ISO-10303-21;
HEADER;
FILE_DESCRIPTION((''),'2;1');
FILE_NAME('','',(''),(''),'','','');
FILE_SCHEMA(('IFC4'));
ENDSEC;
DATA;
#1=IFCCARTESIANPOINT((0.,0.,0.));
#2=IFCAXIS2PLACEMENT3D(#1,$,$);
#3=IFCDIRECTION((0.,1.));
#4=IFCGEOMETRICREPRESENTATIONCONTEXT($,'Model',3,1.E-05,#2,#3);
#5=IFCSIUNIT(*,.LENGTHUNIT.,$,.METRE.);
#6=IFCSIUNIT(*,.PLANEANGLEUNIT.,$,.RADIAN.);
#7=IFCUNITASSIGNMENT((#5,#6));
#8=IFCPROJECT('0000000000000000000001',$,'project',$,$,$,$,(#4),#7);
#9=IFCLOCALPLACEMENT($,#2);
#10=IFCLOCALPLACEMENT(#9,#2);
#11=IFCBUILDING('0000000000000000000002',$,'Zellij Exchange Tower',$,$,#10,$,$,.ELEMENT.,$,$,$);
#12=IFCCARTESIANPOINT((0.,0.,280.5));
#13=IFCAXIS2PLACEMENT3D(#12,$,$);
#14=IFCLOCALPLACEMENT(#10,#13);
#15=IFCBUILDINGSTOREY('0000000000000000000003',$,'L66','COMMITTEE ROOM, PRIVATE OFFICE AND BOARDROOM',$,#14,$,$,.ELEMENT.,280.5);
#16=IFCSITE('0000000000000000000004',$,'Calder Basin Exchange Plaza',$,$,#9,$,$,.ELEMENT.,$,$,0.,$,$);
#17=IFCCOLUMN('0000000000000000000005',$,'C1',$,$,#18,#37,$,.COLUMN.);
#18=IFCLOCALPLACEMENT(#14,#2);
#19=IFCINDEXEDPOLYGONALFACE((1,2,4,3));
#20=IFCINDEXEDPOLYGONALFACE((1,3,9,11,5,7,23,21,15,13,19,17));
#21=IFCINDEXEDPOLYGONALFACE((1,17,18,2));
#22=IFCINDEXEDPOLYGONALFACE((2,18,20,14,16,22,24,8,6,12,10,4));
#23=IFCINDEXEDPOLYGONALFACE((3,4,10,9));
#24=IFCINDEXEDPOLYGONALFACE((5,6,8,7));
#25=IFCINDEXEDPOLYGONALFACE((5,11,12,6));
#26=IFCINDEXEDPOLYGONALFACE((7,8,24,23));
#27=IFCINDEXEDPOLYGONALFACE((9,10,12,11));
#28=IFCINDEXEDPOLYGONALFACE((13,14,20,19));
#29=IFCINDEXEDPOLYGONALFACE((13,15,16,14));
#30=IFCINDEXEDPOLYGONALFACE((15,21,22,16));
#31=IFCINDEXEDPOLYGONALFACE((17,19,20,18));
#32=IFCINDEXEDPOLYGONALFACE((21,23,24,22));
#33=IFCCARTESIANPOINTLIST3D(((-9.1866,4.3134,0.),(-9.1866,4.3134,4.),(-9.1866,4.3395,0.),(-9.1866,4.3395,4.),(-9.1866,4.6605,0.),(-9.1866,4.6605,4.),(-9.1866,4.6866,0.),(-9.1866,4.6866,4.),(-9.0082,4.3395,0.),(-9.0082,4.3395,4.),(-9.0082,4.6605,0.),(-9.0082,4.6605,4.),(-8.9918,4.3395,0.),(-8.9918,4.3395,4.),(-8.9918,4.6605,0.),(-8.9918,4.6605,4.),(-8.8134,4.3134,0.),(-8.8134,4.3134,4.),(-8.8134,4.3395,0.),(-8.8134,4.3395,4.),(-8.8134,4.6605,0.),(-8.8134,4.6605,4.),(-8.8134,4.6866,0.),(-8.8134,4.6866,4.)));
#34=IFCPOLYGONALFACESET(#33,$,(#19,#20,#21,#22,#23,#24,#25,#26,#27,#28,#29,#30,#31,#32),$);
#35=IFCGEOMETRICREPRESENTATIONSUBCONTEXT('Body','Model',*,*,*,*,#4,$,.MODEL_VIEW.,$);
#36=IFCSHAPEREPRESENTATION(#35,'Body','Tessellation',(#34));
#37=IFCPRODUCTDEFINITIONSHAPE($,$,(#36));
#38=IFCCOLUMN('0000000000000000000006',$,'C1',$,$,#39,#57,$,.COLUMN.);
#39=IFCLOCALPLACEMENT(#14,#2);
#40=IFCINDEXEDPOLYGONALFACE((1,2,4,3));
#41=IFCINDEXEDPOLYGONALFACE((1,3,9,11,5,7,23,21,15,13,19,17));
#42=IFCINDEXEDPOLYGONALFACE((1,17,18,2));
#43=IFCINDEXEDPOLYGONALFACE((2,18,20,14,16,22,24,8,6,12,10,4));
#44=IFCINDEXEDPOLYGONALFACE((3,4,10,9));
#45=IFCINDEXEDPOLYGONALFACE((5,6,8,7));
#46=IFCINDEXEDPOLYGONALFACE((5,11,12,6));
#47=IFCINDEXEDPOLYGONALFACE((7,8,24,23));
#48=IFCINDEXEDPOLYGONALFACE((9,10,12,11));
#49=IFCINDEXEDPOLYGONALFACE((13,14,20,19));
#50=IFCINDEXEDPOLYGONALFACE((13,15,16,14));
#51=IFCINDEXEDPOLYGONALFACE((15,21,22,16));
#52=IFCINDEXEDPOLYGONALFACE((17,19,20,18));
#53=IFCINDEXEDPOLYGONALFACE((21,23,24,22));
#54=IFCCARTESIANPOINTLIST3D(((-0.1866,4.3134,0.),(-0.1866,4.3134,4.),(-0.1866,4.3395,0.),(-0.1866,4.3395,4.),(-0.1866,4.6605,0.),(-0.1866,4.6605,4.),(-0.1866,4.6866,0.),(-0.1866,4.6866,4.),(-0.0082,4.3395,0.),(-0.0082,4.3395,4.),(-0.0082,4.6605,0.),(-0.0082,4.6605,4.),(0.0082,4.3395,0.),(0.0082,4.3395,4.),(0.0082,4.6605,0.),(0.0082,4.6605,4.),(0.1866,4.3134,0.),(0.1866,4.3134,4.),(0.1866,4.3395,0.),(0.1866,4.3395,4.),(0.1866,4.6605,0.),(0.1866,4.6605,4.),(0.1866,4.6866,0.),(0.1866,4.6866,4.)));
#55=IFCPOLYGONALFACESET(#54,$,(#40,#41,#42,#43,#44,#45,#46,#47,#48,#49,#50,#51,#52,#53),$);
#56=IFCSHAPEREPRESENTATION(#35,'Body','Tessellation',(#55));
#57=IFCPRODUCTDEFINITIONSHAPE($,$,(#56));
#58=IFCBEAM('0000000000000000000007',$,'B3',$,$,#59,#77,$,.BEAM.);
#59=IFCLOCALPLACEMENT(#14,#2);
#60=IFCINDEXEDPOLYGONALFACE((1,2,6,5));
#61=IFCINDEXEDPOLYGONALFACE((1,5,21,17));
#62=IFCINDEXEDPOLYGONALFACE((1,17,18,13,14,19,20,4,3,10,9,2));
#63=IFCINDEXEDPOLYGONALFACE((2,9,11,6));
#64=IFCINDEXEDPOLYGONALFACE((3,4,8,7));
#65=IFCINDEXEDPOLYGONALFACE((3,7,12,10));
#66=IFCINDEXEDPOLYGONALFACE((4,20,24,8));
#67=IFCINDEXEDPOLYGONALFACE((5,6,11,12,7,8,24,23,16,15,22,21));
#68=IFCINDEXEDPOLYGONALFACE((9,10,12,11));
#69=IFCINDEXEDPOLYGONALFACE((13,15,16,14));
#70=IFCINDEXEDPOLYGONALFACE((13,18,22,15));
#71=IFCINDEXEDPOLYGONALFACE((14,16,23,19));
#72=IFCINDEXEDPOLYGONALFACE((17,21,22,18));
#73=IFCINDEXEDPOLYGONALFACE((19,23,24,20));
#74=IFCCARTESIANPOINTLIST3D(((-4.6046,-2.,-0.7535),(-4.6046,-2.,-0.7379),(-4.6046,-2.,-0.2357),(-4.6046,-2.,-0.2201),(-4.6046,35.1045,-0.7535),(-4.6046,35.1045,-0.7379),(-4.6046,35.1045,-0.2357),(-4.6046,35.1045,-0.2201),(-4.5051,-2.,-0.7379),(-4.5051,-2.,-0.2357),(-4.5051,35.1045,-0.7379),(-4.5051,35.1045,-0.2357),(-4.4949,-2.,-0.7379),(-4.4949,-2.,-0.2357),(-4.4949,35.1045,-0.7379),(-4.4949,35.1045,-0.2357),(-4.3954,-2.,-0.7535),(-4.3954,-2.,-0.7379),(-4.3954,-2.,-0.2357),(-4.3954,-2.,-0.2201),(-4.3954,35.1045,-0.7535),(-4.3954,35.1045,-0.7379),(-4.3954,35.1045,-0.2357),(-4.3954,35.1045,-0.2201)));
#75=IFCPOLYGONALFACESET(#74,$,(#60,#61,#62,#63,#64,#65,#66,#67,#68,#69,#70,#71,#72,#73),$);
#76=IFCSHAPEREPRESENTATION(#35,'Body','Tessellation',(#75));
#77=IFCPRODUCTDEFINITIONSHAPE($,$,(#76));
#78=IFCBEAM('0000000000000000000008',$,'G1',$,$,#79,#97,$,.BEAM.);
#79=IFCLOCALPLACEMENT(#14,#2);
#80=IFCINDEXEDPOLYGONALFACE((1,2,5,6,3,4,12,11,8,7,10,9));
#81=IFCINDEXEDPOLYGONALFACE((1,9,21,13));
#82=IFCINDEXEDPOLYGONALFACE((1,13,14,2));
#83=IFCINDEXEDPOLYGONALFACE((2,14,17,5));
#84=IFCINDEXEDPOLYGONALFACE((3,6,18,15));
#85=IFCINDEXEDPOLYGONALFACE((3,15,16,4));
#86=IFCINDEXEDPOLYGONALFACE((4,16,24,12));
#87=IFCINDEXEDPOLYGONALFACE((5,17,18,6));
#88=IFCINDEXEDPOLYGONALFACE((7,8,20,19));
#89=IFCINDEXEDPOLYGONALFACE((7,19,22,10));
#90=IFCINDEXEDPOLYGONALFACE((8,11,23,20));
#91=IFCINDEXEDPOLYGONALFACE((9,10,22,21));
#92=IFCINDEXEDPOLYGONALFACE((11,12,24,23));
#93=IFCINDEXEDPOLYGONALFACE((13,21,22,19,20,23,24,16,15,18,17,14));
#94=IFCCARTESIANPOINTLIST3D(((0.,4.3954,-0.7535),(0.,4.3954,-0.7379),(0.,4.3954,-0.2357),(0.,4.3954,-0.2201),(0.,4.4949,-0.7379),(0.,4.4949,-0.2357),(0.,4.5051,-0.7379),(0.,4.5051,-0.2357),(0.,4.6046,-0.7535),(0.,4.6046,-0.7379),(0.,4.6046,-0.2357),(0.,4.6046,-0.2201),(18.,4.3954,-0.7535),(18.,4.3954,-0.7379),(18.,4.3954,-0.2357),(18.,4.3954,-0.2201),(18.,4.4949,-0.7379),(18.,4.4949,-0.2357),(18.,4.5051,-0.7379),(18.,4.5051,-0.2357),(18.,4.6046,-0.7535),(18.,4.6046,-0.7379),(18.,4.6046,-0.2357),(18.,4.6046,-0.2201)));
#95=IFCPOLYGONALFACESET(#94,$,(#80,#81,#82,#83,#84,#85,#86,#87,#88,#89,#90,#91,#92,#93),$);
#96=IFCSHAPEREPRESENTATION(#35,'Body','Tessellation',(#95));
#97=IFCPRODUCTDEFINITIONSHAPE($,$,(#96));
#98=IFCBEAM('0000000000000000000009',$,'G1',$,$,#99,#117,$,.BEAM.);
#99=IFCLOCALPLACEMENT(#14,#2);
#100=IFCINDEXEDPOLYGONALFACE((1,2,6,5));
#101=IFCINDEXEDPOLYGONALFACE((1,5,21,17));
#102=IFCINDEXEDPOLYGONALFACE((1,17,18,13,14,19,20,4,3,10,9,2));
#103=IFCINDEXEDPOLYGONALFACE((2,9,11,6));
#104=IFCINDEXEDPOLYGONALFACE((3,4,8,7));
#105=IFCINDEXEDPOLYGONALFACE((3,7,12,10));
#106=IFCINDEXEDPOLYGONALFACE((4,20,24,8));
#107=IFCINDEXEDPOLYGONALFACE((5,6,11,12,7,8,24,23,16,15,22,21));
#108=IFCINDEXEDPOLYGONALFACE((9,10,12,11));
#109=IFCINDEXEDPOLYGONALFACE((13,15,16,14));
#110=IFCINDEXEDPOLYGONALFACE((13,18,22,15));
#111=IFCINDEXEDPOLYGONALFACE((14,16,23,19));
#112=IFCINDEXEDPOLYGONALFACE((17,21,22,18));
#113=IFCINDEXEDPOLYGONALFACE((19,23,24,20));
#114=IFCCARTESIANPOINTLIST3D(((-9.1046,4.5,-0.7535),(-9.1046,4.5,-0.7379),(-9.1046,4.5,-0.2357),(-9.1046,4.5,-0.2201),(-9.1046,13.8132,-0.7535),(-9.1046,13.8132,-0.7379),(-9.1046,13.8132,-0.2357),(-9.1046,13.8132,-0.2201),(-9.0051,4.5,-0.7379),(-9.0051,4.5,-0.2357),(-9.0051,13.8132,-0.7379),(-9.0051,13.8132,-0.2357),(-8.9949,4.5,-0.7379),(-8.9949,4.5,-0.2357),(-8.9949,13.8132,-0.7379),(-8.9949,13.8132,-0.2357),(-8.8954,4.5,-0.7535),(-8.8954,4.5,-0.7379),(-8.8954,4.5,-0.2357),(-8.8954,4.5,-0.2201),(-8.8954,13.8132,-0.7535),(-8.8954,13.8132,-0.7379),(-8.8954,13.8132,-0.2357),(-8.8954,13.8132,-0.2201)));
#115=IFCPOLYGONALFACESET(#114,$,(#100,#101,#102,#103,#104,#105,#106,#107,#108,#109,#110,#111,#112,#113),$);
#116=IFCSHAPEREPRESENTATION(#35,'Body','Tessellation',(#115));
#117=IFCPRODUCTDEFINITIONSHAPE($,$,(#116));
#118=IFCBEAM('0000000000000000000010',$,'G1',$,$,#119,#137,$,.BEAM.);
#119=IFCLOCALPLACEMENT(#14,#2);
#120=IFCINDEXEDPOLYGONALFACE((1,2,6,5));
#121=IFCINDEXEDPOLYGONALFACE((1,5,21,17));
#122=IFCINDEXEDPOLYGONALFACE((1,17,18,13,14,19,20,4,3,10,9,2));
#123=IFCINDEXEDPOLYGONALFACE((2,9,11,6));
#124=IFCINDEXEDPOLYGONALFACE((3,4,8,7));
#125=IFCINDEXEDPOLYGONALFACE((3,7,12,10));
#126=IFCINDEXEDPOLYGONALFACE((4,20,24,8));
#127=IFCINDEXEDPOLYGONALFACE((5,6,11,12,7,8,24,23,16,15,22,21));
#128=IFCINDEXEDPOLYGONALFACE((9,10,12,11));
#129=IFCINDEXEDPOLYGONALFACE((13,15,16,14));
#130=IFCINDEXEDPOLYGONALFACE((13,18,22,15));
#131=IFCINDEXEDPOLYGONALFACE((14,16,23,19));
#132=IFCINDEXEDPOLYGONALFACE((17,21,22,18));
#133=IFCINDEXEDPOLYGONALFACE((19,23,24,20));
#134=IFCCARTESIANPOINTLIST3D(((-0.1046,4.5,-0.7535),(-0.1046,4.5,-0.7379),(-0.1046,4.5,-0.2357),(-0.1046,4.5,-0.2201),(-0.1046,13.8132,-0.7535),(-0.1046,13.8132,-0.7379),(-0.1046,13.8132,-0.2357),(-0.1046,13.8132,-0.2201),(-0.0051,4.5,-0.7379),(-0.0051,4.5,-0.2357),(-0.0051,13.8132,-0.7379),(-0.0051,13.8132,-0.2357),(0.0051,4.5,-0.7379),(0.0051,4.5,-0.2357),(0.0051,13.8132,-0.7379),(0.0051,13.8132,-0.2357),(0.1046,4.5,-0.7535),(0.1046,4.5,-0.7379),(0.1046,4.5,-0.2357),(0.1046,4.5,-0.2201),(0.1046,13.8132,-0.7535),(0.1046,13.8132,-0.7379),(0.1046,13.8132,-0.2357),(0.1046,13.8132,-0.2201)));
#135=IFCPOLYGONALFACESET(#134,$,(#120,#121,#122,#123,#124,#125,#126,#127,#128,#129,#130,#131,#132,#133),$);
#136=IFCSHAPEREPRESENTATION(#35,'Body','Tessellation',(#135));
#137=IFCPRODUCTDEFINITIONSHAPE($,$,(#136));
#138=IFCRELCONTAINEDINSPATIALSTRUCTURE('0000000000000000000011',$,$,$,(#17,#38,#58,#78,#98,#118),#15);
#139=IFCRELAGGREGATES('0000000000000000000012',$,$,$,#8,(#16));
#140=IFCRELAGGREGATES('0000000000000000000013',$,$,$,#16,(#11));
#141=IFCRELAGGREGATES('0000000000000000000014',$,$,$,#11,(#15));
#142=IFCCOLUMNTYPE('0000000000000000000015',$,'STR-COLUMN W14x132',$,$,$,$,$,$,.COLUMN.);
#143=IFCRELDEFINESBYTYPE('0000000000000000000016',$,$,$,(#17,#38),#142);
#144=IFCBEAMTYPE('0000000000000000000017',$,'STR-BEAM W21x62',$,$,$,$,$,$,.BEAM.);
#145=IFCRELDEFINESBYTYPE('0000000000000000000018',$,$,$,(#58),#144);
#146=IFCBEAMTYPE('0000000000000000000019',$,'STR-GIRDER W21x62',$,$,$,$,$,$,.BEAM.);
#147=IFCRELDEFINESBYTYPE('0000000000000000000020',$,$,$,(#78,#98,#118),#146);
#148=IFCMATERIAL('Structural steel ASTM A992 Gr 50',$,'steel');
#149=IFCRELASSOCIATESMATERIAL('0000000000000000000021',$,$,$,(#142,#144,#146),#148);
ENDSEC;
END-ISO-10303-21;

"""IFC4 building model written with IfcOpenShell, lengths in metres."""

from ifc_helpers import new_model, si_unit, direction, frame, origin, origin_2d, place, context, subcontext, project, spatial, i_section, extrude, material, material_profile, profile_set, type_object, element, save


model = new_model("IFC4")

# Units and contexts
model_context = context("Model", 3, precision=1e-05, world=origin(), true_north=direction((0.0, 1.0)))
body_context = subcontext(model_context, "Body", "Model", "MODEL_VIEW")
ifc_project = project(units=[si_unit("LENGTHUNIT", "METRE"), si_unit("PLANEANGLEUNIT", "RADIAN")], contexts=[model_context])

# Site, building, storey
site_placement = place(None, origin())
site = spatial("IfcSite", under=ifc_project, at=site_placement, Name="Calder Basin Exchange Plaza", CompositionType="ELEMENT", RefElevation=0.0)
building_placement = place(site_placement, origin())
building = spatial("IfcBuilding", under=site, at=building_placement, Name="Zellij Exchange Tower", CompositionType="ELEMENT")
storey_placement = place(building_placement, frame((0.0, 0.0, 280.5)))
storey = spatial("IfcBuildingStorey", under=building, at=storey_placement, Name="L66", Description="COMMITTEE ROOM, PRIVATE OFFICE AND BOARDROOM", CompositionType="ELEMENT", Elevation=280.5)

# Columns
ifc_material_1 = material(Name="Structural steel ASTM A992 Gr 50", Category="steel")
ifc_material_profile_1 = material_profile(ifc_material_1, i_section(OverallWidth=0.3733, OverallDepth=0.3733, WebThickness=0.0164, FlangeThickness=0.0261, at=origin_2d()), Name="W14x132")
ifc_profile_set_1 = profile_set([ifc_material_profile_1], Name="Structural steel ASTM A992 Gr 50")
column_type = type_object("IfcColumnType", Name="STR-COLUMN W14x132", PredefinedType="COLUMN", material=ifc_profile_set_1)
for number, where, z_axis, x_axis, name in (
    (1, (-9.0, 4.5, 0.0), (0.0, 0.0, 1.0), (1.0, 0.0, 0.0), "C1"),
    (2, (0.0, 4.5, 0.0), (0.0, 0.0, 1.0), (1.0, 0.0, 0.0), "C1"),
):
    element("IfcColumn", number, at=place(storey_placement, frame(where, z_axis=z_axis, x_axis=x_axis)), inside=storey, type_object=column_type, Name=name, PredefinedType="COLUMN", context=body_context, shape_type="SweptSolid", body=[
        extrude(i_section(OverallWidth=0.3733, OverallDepth=0.3733, WebThickness=0.0164, FlangeThickness=0.0261, at=origin_2d()), origin(), (0.0, 0.0, 1.0), 4.0),
    ])

# Beams
ifc_material_profile_2 = material_profile(ifc_material_1, i_section(OverallWidth=0.2092, OverallDepth=0.5334, WebThickness=0.0103, FlangeThickness=0.0156, at=origin_2d()), Name="W21x62")
ifc_profile_set_2 = profile_set([ifc_material_profile_2], Name="Structural steel ASTM A992 Gr 50")
beam_type_1 = type_object("IfcBeamType", Name="STR-BEAM W21x62", PredefinedType="BEAM", material=ifc_profile_set_2)
beam_1_placement = place(storey_placement, frame((-4.5, -2.0, -0.4868), z_axis=(0.0, 1.0, 0.0), x_axis=(-1.0, 0.0, 0.0)))
element("IfcBeam", 3, at=beam_1_placement, inside=storey, type_object=beam_type_1, Name="B3", PredefinedType="BEAM", context=body_context, shape_type="SweptSolid", body=[
    extrude(i_section(OverallWidth=0.2092, OverallDepth=0.5334, WebThickness=0.0103, FlangeThickness=0.0156, at=origin_2d()), origin(), (0.0, 0.0, 1.0), 37.1045),
])
ifc_material_profile_3 = material_profile(ifc_material_1, i_section(OverallWidth=0.2092, OverallDepth=0.5334, WebThickness=0.0103, FlangeThickness=0.0156, at=origin_2d()), Name="W21x62")
ifc_profile_set_3 = profile_set([ifc_material_profile_3], Name="Structural steel ASTM A992 Gr 50")
beam_type_2 = type_object("IfcBeamType", Name="STR-GIRDER W21x62", PredefinedType="BEAM", material=ifc_profile_set_3)
beam_2_placement = place(storey_placement, frame((0.0, 4.5, -0.4868), z_axis=(1.0, 0.0, 0.0), x_axis=(0.0, 1.0, 0.0)))
element("IfcBeam", 4, at=beam_2_placement, inside=storey, type_object=beam_type_2, Name="G1", PredefinedType="BEAM", context=body_context, shape_type="SweptSolid", body=[
    extrude(i_section(OverallWidth=0.2092, OverallDepth=0.5334, WebThickness=0.0103, FlangeThickness=0.0156, at=origin_2d()), origin(), (0.0, 0.0, 1.0), 18.0),
])
for number, where, z_axis, x_axis, name in (
    (5, (-9.0, 4.5, -0.4868), (0.0, 1.0, 0.0), (-1.0, 0.0, 0.0), "G1"),
    (6, (0.0, 4.5, -0.4868), (0.0, 1.0, 0.0), (-1.0, 0.0, 0.0), "G1"),
):
    element("IfcBeam", number, at=place(storey_placement, frame(where, z_axis=z_axis, x_axis=x_axis)), inside=storey, type_object=beam_type_2, Name=name, PredefinedType="BEAM", context=body_context, shape_type="SweptSolid", body=[
        extrude(i_section(OverallWidth=0.2092, OverallDepth=0.5334, WebThickness=0.0103, FlangeThickness=0.0156, at=origin_2d()), origin(), (0.0, 0.0, 1.0), 9.3132),
    ])

save(model, "model.ifc")
